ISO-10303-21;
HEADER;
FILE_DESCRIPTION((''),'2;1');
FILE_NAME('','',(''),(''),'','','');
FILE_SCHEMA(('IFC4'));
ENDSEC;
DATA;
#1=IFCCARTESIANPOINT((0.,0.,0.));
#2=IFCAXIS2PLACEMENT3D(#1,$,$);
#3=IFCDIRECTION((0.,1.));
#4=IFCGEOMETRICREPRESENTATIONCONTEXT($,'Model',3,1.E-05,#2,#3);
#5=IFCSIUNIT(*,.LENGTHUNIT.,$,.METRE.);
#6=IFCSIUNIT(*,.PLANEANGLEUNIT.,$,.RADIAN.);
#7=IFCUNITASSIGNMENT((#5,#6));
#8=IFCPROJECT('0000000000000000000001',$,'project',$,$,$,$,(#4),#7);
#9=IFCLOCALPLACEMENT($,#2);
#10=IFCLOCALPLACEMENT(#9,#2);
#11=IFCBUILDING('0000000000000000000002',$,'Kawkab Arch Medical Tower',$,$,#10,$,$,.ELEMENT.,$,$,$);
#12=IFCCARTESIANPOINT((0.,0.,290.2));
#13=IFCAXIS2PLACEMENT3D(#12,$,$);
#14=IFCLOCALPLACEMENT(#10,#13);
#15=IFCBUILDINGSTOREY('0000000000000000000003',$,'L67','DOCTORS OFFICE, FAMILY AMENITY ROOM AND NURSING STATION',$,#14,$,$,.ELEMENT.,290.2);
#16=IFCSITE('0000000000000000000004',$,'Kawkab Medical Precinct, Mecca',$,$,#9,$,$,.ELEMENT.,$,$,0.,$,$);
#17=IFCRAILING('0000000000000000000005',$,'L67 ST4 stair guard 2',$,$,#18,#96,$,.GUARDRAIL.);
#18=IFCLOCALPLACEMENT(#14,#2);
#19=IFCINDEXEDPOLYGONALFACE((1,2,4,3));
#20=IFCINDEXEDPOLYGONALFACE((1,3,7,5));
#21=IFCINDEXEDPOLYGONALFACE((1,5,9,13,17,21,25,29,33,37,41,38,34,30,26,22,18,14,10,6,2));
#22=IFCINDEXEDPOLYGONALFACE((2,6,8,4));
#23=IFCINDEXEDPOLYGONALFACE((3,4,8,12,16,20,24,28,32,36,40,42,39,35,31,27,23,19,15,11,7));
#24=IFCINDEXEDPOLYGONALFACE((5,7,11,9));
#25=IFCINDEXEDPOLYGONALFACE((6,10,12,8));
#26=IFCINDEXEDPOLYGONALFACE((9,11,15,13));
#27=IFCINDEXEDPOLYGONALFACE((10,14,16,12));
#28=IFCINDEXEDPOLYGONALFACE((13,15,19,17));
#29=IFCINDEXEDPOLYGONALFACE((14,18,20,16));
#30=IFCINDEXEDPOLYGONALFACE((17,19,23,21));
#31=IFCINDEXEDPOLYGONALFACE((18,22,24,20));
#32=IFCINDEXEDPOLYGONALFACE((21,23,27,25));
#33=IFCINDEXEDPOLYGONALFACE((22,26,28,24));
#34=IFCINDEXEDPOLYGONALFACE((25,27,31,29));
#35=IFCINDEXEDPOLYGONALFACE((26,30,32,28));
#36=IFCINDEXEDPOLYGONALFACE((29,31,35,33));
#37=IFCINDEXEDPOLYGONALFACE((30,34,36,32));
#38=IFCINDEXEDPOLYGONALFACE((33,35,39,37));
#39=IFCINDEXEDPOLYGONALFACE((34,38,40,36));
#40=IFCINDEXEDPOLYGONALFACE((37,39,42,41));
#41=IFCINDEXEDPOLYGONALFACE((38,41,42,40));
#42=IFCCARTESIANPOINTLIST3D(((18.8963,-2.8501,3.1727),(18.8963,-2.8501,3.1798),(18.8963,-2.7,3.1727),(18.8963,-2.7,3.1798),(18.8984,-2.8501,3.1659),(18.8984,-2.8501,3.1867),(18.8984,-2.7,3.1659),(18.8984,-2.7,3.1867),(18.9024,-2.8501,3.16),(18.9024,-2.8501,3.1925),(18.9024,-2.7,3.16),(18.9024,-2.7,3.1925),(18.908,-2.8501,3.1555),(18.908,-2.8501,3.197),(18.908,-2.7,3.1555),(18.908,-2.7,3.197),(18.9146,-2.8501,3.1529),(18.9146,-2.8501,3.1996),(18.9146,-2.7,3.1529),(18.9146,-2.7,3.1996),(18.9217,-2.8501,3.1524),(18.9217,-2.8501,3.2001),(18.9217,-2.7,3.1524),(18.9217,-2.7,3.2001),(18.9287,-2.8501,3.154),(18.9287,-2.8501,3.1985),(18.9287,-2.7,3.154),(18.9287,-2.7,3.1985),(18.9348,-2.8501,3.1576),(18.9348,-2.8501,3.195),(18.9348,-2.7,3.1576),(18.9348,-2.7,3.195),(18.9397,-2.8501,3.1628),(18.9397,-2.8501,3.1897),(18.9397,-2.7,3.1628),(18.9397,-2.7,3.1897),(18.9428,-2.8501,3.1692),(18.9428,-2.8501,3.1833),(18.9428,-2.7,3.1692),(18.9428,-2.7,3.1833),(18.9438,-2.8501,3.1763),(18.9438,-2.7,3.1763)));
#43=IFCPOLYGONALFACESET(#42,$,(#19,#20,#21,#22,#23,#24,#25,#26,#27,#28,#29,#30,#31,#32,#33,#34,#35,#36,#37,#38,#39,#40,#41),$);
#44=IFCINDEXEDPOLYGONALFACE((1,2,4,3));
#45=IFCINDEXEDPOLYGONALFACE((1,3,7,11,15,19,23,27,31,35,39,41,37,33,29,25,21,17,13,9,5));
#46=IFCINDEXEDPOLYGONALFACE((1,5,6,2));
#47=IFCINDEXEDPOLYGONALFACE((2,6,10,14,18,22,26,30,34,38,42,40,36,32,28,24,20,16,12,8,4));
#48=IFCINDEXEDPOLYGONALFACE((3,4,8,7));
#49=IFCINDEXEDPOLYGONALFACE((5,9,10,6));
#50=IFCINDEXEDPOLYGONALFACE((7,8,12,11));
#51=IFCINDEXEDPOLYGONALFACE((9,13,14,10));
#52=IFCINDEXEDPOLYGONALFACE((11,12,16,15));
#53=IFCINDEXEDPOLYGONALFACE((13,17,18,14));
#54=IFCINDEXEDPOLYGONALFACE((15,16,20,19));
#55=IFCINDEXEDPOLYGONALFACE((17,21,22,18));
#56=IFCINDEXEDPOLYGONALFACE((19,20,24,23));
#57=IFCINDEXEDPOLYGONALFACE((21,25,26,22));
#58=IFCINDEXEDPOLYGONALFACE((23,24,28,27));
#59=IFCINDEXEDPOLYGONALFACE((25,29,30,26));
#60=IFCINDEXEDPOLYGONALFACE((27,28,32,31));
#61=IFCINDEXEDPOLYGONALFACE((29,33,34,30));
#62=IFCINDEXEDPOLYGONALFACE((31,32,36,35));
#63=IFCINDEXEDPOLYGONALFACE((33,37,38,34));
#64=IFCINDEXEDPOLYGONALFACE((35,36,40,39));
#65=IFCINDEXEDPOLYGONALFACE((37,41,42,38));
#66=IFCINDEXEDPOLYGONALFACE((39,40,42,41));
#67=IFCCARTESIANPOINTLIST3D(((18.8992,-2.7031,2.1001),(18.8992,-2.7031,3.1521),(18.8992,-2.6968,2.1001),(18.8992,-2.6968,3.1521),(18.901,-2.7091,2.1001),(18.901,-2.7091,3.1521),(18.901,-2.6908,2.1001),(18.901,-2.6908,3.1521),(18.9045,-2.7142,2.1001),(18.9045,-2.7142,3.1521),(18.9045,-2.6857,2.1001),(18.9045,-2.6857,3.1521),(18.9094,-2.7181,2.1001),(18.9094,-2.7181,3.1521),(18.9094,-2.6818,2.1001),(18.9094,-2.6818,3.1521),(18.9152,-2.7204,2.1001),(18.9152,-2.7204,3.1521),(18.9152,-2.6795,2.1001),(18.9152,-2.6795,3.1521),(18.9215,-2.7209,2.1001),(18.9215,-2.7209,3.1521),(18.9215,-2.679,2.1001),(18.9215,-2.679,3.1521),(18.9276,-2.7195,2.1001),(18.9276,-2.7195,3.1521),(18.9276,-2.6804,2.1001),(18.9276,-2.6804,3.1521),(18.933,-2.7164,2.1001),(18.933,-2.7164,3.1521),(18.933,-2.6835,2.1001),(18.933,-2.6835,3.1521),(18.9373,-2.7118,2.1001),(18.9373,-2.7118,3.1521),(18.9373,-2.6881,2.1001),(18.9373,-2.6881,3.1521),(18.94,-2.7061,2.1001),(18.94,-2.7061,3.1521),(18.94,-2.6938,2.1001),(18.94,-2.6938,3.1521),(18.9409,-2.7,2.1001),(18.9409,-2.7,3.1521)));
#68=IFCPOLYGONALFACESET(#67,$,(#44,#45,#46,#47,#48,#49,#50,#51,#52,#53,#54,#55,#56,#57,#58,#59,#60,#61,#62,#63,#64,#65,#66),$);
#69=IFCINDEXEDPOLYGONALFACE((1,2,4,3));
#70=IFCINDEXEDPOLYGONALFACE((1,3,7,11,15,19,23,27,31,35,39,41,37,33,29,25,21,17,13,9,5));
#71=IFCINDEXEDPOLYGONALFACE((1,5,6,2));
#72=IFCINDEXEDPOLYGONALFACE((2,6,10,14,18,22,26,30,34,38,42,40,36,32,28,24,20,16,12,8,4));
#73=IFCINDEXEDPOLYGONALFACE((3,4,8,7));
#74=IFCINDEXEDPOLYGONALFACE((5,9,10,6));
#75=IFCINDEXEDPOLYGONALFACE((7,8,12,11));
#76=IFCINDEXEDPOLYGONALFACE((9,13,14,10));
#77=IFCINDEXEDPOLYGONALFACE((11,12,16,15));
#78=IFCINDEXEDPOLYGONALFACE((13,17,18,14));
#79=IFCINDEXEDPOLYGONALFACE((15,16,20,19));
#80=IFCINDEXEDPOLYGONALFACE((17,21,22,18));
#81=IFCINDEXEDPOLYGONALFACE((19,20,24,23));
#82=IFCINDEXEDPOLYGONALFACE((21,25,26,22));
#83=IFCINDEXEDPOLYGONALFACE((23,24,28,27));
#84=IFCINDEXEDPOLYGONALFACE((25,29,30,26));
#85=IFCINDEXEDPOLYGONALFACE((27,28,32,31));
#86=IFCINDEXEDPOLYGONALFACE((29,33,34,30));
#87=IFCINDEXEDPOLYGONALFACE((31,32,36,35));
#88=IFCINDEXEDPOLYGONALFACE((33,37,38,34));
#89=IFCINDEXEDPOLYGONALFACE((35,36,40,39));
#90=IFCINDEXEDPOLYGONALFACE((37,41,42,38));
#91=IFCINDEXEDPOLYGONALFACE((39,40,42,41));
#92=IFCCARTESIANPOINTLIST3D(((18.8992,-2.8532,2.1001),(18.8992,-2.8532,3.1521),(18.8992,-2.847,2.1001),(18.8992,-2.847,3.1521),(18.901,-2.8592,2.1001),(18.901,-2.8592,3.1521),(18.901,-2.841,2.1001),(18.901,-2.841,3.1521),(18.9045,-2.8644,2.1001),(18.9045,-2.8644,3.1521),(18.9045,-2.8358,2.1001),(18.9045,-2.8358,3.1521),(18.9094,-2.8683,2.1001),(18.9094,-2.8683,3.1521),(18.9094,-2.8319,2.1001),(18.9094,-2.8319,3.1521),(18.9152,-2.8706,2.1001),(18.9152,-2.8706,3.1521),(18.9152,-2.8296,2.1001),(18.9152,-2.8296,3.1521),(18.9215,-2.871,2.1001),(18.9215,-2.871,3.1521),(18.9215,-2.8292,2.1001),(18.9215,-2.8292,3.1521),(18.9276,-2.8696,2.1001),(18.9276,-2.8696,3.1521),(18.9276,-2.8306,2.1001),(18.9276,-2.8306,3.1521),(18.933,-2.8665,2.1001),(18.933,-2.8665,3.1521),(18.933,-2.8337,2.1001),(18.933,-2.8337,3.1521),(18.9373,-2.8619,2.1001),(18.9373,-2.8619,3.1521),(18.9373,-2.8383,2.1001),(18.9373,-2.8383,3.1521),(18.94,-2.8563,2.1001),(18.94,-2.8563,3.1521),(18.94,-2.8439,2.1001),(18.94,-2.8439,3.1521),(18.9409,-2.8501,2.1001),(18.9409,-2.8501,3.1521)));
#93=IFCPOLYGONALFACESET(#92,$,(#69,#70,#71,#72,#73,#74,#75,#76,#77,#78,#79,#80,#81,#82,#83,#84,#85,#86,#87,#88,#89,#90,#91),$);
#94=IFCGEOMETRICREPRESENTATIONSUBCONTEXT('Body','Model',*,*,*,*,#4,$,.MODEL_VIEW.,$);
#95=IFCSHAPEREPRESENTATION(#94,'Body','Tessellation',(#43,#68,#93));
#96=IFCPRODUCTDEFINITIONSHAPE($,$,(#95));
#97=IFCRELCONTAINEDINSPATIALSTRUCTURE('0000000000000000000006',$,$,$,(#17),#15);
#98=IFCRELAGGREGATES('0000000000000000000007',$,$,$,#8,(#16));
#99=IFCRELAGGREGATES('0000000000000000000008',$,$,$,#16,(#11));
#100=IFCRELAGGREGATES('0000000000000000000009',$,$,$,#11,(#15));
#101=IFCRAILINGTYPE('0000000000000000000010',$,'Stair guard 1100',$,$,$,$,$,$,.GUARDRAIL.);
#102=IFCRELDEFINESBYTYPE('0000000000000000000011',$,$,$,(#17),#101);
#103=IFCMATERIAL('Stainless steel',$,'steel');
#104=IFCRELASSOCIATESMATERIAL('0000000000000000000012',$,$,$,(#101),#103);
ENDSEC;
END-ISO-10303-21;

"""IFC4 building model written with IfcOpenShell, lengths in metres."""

from ifc_helpers import new_model, si_unit, direction, frame, origin, origin_2d, place, context, subcontext, project, spatial, circle, extrude, material, type_object, element, save


model = new_model("IFC4")

# Units and contexts
model_context = context("Model", 3, precision=1e-05, world=origin(), true_north=direction((0.0, 1.0)))
body_context = subcontext(model_context, "Body", "Model", "MODEL_VIEW")
ifc_project = project(units=[si_unit("LENGTHUNIT", "METRE"), si_unit("PLANEANGLEUNIT", "RADIAN")], contexts=[model_context])

# Site, building, storey
site_placement = place(None, origin())
site = spatial("IfcSite", under=ifc_project, at=site_placement, Name="Kawkab Medical Precinct, Mecca", CompositionType="ELEMENT", RefElevation=0.0)
building_placement = place(site_placement, origin())
building = spatial("IfcBuilding", under=site, at=building_placement, Name="Kawkab Arch Medical Tower", CompositionType="ELEMENT")
storey_placement = place(building_placement, frame((0.0, 0.0, 290.2)))
storey = spatial("IfcBuildingStorey", under=building, at=storey_placement, Name="L67", Description="DOCTORS OFFICE, FAMILY AMENITY ROOM AND NURSING STATION", CompositionType="ELEMENT", Elevation=290.2)

# Railing
ifc_material_1 = material(Name="Stainless steel", Category="steel")
railing_type = type_object("IfcRailingType", Name="Stair guard 1100", PredefinedType="GUARDRAIL", material=ifc_material_1)
railing_1_placement = place(storey_placement, frame((18.9199, -2.7, 2.1001)))
element("IfcRailing", 1, at=railing_1_placement, inside=storey, type_object=railing_type, Name="L67 ST4 stair guard 2", PredefinedType="GUARDRAIL", context=body_context, shape_type="SweptSolid", body=[
    extrude(circle(Radius=0.0239, at=origin_2d()), frame((0.0, 0.0, 1.0762), z_axis=(0.0, -1.0, 0.0), x_axis=(1.0, 0.0, 0.0)), (0.0, 0.0, 1.0), 0.1501),
    extrude(circle(Radius=0.021, at=origin_2d()), origin(), (0.0, 0.0, 1.0), 1.052),
    extrude(circle(Radius=0.021, at=origin_2d()), frame((0.0, -0.1501, 0.0)), (0.0, 0.0, 1.0), 1.052),
])

save(model, "model.ifc")
